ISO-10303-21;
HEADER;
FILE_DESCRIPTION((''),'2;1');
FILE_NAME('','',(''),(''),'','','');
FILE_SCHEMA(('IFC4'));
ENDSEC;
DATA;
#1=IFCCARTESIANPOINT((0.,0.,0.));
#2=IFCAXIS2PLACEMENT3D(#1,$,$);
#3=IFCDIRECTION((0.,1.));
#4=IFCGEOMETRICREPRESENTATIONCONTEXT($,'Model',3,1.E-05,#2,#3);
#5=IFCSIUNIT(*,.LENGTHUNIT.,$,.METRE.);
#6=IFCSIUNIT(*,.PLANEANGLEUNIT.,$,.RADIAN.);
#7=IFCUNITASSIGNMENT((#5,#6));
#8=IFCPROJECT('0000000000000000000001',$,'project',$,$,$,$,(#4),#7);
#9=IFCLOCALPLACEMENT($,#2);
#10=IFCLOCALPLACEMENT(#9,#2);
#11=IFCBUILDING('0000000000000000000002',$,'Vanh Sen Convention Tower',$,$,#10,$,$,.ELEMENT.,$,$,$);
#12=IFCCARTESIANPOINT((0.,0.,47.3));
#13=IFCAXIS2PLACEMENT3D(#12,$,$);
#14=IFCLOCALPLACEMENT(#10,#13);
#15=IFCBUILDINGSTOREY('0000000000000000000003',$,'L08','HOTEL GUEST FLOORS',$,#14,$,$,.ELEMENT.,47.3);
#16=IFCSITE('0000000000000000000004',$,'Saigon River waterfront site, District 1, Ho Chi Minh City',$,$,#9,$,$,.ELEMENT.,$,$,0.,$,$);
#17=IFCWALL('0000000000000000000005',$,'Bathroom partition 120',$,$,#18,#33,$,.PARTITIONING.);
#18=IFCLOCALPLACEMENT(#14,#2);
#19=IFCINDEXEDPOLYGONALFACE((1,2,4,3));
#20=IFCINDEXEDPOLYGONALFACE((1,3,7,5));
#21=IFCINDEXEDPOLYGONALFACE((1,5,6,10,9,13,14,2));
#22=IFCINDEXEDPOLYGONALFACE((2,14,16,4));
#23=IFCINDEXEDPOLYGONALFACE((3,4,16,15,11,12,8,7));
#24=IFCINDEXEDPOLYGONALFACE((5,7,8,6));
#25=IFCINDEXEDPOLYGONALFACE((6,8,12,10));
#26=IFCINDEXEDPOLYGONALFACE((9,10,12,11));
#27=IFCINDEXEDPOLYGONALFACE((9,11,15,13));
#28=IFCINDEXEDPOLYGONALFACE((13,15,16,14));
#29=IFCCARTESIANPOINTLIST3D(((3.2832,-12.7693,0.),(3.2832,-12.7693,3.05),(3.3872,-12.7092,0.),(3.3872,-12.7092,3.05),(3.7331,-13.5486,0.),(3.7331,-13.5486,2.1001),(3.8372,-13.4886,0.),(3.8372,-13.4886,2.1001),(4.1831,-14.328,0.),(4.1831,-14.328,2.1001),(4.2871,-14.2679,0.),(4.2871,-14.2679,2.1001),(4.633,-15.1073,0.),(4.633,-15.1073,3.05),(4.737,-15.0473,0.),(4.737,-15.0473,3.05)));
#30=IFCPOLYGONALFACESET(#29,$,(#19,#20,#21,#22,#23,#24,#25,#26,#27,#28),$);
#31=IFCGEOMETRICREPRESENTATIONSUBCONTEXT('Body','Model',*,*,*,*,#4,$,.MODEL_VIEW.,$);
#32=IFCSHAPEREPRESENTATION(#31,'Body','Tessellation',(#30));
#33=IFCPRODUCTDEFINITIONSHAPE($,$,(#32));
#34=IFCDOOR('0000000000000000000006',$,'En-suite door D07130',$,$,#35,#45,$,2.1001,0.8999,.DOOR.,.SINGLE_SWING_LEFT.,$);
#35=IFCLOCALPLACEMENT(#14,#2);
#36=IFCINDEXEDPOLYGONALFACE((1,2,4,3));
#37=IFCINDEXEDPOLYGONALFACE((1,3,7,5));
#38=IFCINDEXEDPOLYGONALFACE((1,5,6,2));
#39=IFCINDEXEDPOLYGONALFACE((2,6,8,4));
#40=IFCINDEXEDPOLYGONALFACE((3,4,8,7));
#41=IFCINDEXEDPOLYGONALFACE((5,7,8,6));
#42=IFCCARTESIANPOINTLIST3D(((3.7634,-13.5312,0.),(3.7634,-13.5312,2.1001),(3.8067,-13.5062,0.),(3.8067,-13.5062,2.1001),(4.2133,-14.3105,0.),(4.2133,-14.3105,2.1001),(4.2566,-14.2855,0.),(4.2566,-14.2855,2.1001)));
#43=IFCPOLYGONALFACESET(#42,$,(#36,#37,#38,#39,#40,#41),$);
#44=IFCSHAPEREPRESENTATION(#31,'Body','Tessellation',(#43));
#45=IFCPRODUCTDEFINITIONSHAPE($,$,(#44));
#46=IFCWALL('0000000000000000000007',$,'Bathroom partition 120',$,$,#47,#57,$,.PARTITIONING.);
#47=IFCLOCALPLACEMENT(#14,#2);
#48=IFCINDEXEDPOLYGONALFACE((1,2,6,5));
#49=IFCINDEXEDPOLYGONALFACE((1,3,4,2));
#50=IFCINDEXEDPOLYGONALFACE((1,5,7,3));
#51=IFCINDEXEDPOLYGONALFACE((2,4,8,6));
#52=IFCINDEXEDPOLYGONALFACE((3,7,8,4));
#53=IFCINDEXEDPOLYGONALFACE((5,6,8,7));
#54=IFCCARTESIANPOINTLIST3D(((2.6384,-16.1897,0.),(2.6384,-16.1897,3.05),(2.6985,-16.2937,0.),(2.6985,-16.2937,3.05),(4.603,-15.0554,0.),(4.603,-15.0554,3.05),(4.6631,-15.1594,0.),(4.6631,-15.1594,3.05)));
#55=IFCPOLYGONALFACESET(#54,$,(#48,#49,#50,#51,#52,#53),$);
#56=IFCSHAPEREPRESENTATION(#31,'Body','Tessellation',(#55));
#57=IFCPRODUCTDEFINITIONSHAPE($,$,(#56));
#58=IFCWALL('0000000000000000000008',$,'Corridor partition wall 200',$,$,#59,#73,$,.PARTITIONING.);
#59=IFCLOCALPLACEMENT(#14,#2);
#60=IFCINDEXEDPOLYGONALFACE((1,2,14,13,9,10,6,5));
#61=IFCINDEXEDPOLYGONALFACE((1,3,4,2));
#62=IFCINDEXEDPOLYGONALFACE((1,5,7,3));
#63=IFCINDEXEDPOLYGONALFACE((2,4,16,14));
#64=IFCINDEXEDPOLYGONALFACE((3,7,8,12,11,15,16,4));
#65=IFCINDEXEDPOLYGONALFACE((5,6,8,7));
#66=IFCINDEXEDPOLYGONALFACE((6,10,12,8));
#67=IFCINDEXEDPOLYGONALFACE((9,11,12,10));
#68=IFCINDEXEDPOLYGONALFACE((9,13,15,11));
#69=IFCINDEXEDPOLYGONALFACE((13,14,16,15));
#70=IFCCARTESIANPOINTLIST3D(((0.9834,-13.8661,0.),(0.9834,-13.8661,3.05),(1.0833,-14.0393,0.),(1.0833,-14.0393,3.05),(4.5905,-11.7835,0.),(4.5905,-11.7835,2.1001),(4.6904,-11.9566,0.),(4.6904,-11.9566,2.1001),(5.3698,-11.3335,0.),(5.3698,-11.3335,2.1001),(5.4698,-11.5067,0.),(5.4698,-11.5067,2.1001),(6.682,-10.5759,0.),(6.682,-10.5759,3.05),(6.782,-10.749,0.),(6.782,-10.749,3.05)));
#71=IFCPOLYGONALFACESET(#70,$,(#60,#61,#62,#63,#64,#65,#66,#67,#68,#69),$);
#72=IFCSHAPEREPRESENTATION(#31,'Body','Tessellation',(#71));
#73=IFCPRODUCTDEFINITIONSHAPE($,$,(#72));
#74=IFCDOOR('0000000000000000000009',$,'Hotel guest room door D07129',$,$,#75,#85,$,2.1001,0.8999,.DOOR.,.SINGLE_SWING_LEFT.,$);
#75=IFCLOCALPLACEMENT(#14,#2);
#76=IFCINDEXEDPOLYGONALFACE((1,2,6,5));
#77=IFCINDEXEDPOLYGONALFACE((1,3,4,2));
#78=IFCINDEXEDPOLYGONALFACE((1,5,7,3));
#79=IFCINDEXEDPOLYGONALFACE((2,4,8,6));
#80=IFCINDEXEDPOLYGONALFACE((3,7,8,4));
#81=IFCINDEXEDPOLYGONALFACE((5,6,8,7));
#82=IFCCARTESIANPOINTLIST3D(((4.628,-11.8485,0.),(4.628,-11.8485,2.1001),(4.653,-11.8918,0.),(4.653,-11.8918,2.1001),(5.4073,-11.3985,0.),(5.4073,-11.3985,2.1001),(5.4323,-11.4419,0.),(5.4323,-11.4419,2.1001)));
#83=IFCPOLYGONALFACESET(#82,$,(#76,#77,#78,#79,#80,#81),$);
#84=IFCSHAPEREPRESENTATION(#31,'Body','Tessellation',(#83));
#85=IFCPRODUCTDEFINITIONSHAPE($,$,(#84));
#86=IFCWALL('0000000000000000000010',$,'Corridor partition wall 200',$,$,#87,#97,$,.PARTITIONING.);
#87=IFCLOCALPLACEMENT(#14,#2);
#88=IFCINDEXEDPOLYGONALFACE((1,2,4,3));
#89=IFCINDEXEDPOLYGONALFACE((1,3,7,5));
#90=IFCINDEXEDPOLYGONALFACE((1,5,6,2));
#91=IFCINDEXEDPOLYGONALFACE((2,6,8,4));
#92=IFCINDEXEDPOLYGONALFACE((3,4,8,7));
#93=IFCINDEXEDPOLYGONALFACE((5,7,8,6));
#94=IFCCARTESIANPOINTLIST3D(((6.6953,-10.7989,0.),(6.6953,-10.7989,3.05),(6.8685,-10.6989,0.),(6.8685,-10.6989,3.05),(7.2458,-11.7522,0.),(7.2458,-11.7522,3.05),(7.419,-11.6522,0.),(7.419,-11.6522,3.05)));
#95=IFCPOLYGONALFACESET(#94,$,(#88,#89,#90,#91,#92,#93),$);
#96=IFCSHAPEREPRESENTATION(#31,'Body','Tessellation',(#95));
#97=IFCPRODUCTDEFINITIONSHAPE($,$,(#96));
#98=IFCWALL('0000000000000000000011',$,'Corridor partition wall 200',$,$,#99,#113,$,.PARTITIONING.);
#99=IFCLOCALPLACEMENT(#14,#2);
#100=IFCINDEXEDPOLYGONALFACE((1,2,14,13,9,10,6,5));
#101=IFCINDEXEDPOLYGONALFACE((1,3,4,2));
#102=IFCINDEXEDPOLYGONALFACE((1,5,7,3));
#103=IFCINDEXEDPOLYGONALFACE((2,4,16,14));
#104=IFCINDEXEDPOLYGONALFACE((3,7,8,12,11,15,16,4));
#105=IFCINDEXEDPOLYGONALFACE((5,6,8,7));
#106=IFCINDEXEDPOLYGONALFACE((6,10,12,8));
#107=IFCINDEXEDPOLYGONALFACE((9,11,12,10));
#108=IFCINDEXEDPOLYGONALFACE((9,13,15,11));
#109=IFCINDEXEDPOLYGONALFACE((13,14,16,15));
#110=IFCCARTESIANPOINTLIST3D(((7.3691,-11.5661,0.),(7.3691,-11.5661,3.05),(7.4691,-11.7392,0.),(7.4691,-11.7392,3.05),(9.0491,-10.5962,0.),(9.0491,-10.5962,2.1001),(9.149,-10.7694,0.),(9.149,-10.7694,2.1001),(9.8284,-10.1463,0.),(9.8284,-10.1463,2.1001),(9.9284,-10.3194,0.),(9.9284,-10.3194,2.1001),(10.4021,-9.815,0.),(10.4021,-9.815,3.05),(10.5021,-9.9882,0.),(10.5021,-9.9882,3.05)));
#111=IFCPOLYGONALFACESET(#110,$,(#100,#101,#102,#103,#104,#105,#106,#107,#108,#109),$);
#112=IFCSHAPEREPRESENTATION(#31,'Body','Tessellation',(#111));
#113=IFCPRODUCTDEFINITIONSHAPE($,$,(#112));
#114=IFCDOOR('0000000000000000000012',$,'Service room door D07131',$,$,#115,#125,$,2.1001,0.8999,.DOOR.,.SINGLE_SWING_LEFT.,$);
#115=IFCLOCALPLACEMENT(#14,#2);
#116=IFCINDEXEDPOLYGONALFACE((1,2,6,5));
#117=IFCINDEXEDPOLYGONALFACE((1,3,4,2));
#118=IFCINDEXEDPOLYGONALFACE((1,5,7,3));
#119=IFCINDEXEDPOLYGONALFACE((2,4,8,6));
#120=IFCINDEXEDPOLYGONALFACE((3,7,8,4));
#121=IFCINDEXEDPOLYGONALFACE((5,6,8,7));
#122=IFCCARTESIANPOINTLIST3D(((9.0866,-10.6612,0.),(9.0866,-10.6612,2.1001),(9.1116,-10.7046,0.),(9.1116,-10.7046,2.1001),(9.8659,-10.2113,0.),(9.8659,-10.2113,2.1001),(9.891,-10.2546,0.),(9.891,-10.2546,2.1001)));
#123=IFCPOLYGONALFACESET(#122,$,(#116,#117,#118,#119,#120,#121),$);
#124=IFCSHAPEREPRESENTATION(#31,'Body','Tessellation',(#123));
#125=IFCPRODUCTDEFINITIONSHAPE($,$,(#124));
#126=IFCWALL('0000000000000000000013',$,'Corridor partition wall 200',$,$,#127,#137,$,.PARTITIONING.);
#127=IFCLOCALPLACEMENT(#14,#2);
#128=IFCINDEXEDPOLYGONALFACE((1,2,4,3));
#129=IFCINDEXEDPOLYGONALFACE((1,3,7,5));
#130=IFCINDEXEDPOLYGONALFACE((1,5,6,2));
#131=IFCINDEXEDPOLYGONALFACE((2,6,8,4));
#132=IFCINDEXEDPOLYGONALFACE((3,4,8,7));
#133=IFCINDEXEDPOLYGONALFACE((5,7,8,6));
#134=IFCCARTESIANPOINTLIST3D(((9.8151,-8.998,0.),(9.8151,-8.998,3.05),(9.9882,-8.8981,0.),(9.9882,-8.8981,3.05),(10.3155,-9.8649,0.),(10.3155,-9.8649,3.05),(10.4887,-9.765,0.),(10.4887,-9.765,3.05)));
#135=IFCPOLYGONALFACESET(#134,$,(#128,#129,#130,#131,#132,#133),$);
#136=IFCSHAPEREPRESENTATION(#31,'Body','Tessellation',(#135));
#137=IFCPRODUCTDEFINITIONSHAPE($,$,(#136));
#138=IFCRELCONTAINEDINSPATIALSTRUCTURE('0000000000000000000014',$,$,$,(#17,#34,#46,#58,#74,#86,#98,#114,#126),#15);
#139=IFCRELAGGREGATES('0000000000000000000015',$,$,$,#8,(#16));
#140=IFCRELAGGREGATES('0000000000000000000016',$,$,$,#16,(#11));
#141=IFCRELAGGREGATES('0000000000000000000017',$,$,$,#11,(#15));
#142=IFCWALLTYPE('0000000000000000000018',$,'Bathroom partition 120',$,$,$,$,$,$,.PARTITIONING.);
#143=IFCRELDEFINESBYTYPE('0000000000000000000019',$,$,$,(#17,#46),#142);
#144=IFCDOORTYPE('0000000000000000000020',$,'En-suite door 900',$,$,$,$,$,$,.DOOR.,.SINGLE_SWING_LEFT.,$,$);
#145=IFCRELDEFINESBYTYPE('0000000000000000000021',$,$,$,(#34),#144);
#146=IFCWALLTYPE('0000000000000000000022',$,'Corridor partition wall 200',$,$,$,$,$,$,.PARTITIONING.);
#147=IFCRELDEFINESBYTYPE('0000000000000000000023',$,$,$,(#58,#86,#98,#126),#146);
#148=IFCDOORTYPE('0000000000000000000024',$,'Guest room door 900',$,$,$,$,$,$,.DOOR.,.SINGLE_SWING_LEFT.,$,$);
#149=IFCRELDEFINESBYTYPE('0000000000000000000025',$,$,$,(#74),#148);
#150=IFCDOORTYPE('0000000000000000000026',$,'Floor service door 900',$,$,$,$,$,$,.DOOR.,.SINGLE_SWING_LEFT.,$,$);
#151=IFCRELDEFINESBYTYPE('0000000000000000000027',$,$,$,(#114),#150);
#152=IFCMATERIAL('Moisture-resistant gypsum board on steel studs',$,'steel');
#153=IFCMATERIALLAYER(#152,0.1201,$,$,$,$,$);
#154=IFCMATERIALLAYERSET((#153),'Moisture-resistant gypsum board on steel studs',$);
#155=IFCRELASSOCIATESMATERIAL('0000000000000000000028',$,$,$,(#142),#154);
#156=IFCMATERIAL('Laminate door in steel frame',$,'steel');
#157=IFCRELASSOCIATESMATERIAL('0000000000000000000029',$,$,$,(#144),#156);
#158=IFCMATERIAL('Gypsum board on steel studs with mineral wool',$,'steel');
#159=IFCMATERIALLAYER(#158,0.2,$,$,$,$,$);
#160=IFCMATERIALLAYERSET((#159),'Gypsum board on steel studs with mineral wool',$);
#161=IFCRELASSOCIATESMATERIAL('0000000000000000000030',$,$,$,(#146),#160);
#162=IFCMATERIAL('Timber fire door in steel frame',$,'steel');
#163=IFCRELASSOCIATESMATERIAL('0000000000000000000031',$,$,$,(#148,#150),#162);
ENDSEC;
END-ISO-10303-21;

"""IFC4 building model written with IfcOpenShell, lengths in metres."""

from ifc_helpers import new_model, si_unit, direction, frame, frame_2d, origin, place, context, subcontext, project, spatial, rectangle, extrude, material, layer, layer_set, type_object, element, fill, save


model = new_model("IFC4")

# Units and contexts
model_context = context("Model", 3, precision=1e-05, world=origin(), true_north=direction((0.0, 1.0)))
body_context = subcontext(model_context, "Body", "Model", "MODEL_VIEW")
ifc_project = project(units=[si_unit("LENGTHUNIT", "METRE"), si_unit("PLANEANGLEUNIT", "RADIAN")], contexts=[model_context])

# Site, building, storey
site_placement = place(None, origin())
site = spatial("IfcSite", under=ifc_project, at=site_placement, Name="Saigon River waterfront site, District 1, Ho Chi Minh City", CompositionType="ELEMENT", RefElevation=0.0)
building_placement = place(site_placement, origin())
building = spatial("IfcBuilding", under=site, at=building_placement, Name="Vanh Sen Convention Tower", CompositionType="ELEMENT")
storey_placement = place(building_placement, frame((0.0, 0.0, 47.3)))
storey = spatial("IfcBuildingStorey", under=building, at=storey_placement, Name="L08", Description="HOTEL GUEST FLOORS", CompositionType="ELEMENT", Elevation=47.3)

# Wall, opening, door
ifc_material_1 = material(Name="Moisture-resistant gypsum board on steel studs", Category="steel")
ifc_layer_1 = layer(ifc_material_1, 0.1201)
ifc_layer_set_1 = layer_set([ifc_layer_1], Name="Moisture-resistant gypsum board on steel studs")
wall_type_1 = type_object("IfcWallType", Name="Bathroom partition 120", PredefinedType="PARTITIONING", material=ifc_layer_set_1)
wall_1_placement = place(storey_placement, frame((3.3352, -12.7393, 0.0), z_axis=(0.0, 0.0, 1.0), x_axis=(0.499981, -0.866037, 0.0)))
wall_1 = element("IfcWall", 1, at=wall_1_placement, inside=storey, type_object=wall_type_1, Name="Bathroom partition 120", PredefinedType="PARTITIONING", context=body_context, shape_type="SweptSolid", body=[
    extrude(rectangle(XDim=2.6997, YDim=0.1201, at=frame_2d((1.3499, 0.0))), origin(), (0.0, 0.0, 1.0), 3.05),
])
opening_1_placement = place(wall_1_placement, frame((0.8999, 0.0, 0.0)))
opening_1 = element("IfcOpeningElement", 2, at=opening_1_placement, cuts=wall_1, PredefinedType="OPENING", context=body_context, shape_type="SweptSolid", body=[
    extrude(rectangle(XDim=0.8999, YDim=2.1001, at=frame_2d((0.45, 1.05))), frame((0.0, 0.0701, 0.0), z_axis=(0.0, -1.0, 0.0), x_axis=(1.0, 0.0, 0.0)), (0.0, 0.0, 1.0), 0.1401),
])
ifc_material_2 = material(Name="Laminate door in steel frame", Category="steel")
door_type_1 = type_object("IfcDoorType", Name="En-suite door 900", OperationType="SINGLE_SWING_LEFT", PredefinedType="DOOR", material=ifc_material_2)
door_1_placement = place(opening_1_placement, origin())
door_1 = element("IfcDoor", 3, at=door_1_placement, inside=storey, type_object=door_type_1, Name="En-suite door D07130", OperationType="SINGLE_SWING_LEFT", OverallHeight=2.1001, OverallWidth=0.8999, PredefinedType="DOOR", context=body_context, shape_type="SweptSolid", body=[
    extrude(rectangle(XDim=0.8999, YDim=2.1001, at=frame_2d((0.45, 1.05))), frame((0.0, 0.0249, 0.0), z_axis=(0.0, -1.0, 0.0), x_axis=(1.0, 0.0, 0.0)), (0.0, 0.0, 1.0), 0.05),
])
fill(opening_1, door_1)

# Wall
wall_2_placement = place(storey_placement, frame((4.6331, -15.1074, 0.0), z_axis=(0.0, 0.0, 1.0), x_axis=(-0.866022, -0.500005, 0.0)))
element("IfcWall", 4, at=wall_2_placement, inside=storey, type_object=wall_type_1, Name="Bathroom partition 120", PredefinedType="PARTITIONING", context=body_context, shape_type="SweptSolid", body=[
    extrude(rectangle(XDim=2.2686, YDim=0.1201, at=frame_2d((1.1343, 0.0))), origin(), (0.0, 0.0, 1.0), 3.05),
])

# Wall, opening, door
ifc_material_3 = material(Name="Gypsum board on steel studs with mineral wool", Category="steel")
ifc_layer_2 = layer(ifc_material_3, 0.2)
ifc_layer_set_2 = layer_set([ifc_layer_2], Name="Gypsum board on steel studs with mineral wool")
wall_type_2 = type_object("IfcWallType", Name="Corridor partition wall 200", PredefinedType="PARTITIONING", material=ifc_layer_set_2)
wall_3_placement = place(storey_placement, frame((1.0334, -13.9526, 0.0), z_axis=(0.0, 0.0, 1.0), x_axis=(0.866018, 0.500014, 0.0)))
wall_3 = element("IfcWall", 5, at=wall_3_placement, inside=storey, type_object=wall_type_2, Name="Corridor partition wall 200", PredefinedType="PARTITIONING", context=body_context, shape_type="SweptSolid", body=[
    extrude(rectangle(XDim=6.5803, YDim=0.2, at=frame_2d((3.29, 0.0))), origin(), (0.0, 0.0, 1.0), 3.05),
])
opening_2_placement = place(wall_3_placement, frame((4.165, 0.0, 0.0)))
opening_2 = element("IfcOpeningElement", 6, at=opening_2_placement, cuts=wall_3, PredefinedType="OPENING", context=body_context, shape_type="SweptSolid", body=[
    extrude(rectangle(XDim=0.8999, YDim=2.1001, at=frame_2d((0.45, 1.05))), frame((0.0, 0.1099, 0.0), z_axis=(0.0, -1.0, 0.0), x_axis=(1.0, 0.0, 0.0)), (0.0, 0.0, 1.0), 0.22),
])
ifc_material_4 = material(Name="Timber fire door in steel frame", Category="steel")
door_type_2 = type_object("IfcDoorType", Name="Guest room door 900", OperationType="SINGLE_SWING_LEFT", PredefinedType="DOOR", material=ifc_material_4)
door_2_placement = place(opening_2_placement, origin())
door_2 = element("IfcDoor", 7, at=door_2_placement, inside=storey, type_object=door_type_2, Name="Hotel guest room door D07129", OperationType="SINGLE_SWING_LEFT", OverallHeight=2.1001, OverallWidth=0.8999, PredefinedType="DOOR", context=body_context, shape_type="SweptSolid", body=[
    extrude(rectangle(XDim=0.8999, YDim=2.1001, at=frame_2d((0.45, 1.05))), frame((0.0, 0.0249, 0.0), z_axis=(0.0, -1.0, 0.0), x_axis=(1.0, 0.0, 0.0)), (0.0, 0.0, 1.0), 0.05),
])
fill(opening_2, door_2)

# Wall
wall_4_placement = place(storey_placement, frame((6.782, -10.749, 0.0), z_axis=(0.0, 0.0, 1.0), x_axis=(0.500074, -0.865982, 0.0)))
element("IfcWall", 8, at=wall_4_placement, inside=storey, type_object=wall_type_2, Name="Corridor partition wall 200", PredefinedType="PARTITIONING", context=body_context, shape_type="SweptSolid", body=[
    extrude(rectangle(XDim=1.1008, YDim=0.2, at=frame_2d((0.5503, 0.0))), origin(), (0.0, 0.0, 1.0), 3.05),
])

# Wall, opening, door
wall_5_placement = place(storey_placement, frame((7.4192, -11.6526, 0.0), z_axis=(0.0, 0.0, 1.0), x_axis=(0.866038, 0.499978, 0.0)))
wall_5 = element("IfcWall", 9, at=wall_5_placement, inside=storey, type_object=wall_type_2, Name="Corridor partition wall 200", PredefinedType="PARTITIONING", context=body_context, shape_type="SweptSolid", body=[
    extrude(rectangle(XDim=3.5022, YDim=0.2, at=frame_2d((1.751, 0.0))), origin(), (0.0, 0.0, 1.0), 3.05),
])
opening_3_placement = place(wall_5_placement, frame((1.9397, 0.0, 0.0)))
opening_3 = element("IfcOpeningElement", 10, at=opening_3_placement, cuts=wall_5, PredefinedType="OPENING", context=body_context, shape_type="SweptSolid", body=[
    extrude(rectangle(XDim=0.8999, YDim=2.1001, at=frame_2d((0.45, 1.05))), frame((0.0, 0.1099, 0.0), z_axis=(0.0, -1.0, 0.0), x_axis=(1.0, 0.0, 0.0)), (0.0, 0.0, 1.0), 0.22),
])
door_type_3 = type_object("IfcDoorType", Name="Floor service door 900", OperationType="SINGLE_SWING_LEFT", PredefinedType="DOOR", material=ifc_material_4)
door_3_placement = place(opening_3_placement, origin())
door_3 = element("IfcDoor", 11, at=door_3_placement, inside=storey, type_object=door_type_3, Name="Service room door D07131", OperationType="SINGLE_SWING_LEFT", OverallHeight=2.1001, OverallWidth=0.8999, PredefinedType="DOOR", context=body_context, shape_type="SweptSolid", body=[
    extrude(rectangle(XDim=0.8999, YDim=2.1001, at=frame_2d((0.45, 1.05))), frame((0.0, 0.0249, 0.0), z_axis=(0.0, -1.0, 0.0), x_axis=(1.0, 0.0, 0.0)), (0.0, 0.0, 1.0), 0.05),
])
fill(opening_3, door_3)

# Wall
wall_6_placement = place(storey_placement, frame((10.4021, -9.8149, 0.0), z_axis=(0.0, 0.0, 1.0), x_axis=(-0.499969, 0.866043, 0.0)))
element("IfcWall", 12, at=wall_6_placement, inside=storey, type_object=wall_type_2, Name="Corridor partition wall 200", PredefinedType="PARTITIONING", context=body_context, shape_type="SweptSolid", body=[
    extrude(rectangle(XDim=1.001, YDim=0.2, at=frame_2d((0.5005, 0.0))), origin(), (0.0, 0.0, 1.0), 3.05),
])

save(model, "model.ifc")
